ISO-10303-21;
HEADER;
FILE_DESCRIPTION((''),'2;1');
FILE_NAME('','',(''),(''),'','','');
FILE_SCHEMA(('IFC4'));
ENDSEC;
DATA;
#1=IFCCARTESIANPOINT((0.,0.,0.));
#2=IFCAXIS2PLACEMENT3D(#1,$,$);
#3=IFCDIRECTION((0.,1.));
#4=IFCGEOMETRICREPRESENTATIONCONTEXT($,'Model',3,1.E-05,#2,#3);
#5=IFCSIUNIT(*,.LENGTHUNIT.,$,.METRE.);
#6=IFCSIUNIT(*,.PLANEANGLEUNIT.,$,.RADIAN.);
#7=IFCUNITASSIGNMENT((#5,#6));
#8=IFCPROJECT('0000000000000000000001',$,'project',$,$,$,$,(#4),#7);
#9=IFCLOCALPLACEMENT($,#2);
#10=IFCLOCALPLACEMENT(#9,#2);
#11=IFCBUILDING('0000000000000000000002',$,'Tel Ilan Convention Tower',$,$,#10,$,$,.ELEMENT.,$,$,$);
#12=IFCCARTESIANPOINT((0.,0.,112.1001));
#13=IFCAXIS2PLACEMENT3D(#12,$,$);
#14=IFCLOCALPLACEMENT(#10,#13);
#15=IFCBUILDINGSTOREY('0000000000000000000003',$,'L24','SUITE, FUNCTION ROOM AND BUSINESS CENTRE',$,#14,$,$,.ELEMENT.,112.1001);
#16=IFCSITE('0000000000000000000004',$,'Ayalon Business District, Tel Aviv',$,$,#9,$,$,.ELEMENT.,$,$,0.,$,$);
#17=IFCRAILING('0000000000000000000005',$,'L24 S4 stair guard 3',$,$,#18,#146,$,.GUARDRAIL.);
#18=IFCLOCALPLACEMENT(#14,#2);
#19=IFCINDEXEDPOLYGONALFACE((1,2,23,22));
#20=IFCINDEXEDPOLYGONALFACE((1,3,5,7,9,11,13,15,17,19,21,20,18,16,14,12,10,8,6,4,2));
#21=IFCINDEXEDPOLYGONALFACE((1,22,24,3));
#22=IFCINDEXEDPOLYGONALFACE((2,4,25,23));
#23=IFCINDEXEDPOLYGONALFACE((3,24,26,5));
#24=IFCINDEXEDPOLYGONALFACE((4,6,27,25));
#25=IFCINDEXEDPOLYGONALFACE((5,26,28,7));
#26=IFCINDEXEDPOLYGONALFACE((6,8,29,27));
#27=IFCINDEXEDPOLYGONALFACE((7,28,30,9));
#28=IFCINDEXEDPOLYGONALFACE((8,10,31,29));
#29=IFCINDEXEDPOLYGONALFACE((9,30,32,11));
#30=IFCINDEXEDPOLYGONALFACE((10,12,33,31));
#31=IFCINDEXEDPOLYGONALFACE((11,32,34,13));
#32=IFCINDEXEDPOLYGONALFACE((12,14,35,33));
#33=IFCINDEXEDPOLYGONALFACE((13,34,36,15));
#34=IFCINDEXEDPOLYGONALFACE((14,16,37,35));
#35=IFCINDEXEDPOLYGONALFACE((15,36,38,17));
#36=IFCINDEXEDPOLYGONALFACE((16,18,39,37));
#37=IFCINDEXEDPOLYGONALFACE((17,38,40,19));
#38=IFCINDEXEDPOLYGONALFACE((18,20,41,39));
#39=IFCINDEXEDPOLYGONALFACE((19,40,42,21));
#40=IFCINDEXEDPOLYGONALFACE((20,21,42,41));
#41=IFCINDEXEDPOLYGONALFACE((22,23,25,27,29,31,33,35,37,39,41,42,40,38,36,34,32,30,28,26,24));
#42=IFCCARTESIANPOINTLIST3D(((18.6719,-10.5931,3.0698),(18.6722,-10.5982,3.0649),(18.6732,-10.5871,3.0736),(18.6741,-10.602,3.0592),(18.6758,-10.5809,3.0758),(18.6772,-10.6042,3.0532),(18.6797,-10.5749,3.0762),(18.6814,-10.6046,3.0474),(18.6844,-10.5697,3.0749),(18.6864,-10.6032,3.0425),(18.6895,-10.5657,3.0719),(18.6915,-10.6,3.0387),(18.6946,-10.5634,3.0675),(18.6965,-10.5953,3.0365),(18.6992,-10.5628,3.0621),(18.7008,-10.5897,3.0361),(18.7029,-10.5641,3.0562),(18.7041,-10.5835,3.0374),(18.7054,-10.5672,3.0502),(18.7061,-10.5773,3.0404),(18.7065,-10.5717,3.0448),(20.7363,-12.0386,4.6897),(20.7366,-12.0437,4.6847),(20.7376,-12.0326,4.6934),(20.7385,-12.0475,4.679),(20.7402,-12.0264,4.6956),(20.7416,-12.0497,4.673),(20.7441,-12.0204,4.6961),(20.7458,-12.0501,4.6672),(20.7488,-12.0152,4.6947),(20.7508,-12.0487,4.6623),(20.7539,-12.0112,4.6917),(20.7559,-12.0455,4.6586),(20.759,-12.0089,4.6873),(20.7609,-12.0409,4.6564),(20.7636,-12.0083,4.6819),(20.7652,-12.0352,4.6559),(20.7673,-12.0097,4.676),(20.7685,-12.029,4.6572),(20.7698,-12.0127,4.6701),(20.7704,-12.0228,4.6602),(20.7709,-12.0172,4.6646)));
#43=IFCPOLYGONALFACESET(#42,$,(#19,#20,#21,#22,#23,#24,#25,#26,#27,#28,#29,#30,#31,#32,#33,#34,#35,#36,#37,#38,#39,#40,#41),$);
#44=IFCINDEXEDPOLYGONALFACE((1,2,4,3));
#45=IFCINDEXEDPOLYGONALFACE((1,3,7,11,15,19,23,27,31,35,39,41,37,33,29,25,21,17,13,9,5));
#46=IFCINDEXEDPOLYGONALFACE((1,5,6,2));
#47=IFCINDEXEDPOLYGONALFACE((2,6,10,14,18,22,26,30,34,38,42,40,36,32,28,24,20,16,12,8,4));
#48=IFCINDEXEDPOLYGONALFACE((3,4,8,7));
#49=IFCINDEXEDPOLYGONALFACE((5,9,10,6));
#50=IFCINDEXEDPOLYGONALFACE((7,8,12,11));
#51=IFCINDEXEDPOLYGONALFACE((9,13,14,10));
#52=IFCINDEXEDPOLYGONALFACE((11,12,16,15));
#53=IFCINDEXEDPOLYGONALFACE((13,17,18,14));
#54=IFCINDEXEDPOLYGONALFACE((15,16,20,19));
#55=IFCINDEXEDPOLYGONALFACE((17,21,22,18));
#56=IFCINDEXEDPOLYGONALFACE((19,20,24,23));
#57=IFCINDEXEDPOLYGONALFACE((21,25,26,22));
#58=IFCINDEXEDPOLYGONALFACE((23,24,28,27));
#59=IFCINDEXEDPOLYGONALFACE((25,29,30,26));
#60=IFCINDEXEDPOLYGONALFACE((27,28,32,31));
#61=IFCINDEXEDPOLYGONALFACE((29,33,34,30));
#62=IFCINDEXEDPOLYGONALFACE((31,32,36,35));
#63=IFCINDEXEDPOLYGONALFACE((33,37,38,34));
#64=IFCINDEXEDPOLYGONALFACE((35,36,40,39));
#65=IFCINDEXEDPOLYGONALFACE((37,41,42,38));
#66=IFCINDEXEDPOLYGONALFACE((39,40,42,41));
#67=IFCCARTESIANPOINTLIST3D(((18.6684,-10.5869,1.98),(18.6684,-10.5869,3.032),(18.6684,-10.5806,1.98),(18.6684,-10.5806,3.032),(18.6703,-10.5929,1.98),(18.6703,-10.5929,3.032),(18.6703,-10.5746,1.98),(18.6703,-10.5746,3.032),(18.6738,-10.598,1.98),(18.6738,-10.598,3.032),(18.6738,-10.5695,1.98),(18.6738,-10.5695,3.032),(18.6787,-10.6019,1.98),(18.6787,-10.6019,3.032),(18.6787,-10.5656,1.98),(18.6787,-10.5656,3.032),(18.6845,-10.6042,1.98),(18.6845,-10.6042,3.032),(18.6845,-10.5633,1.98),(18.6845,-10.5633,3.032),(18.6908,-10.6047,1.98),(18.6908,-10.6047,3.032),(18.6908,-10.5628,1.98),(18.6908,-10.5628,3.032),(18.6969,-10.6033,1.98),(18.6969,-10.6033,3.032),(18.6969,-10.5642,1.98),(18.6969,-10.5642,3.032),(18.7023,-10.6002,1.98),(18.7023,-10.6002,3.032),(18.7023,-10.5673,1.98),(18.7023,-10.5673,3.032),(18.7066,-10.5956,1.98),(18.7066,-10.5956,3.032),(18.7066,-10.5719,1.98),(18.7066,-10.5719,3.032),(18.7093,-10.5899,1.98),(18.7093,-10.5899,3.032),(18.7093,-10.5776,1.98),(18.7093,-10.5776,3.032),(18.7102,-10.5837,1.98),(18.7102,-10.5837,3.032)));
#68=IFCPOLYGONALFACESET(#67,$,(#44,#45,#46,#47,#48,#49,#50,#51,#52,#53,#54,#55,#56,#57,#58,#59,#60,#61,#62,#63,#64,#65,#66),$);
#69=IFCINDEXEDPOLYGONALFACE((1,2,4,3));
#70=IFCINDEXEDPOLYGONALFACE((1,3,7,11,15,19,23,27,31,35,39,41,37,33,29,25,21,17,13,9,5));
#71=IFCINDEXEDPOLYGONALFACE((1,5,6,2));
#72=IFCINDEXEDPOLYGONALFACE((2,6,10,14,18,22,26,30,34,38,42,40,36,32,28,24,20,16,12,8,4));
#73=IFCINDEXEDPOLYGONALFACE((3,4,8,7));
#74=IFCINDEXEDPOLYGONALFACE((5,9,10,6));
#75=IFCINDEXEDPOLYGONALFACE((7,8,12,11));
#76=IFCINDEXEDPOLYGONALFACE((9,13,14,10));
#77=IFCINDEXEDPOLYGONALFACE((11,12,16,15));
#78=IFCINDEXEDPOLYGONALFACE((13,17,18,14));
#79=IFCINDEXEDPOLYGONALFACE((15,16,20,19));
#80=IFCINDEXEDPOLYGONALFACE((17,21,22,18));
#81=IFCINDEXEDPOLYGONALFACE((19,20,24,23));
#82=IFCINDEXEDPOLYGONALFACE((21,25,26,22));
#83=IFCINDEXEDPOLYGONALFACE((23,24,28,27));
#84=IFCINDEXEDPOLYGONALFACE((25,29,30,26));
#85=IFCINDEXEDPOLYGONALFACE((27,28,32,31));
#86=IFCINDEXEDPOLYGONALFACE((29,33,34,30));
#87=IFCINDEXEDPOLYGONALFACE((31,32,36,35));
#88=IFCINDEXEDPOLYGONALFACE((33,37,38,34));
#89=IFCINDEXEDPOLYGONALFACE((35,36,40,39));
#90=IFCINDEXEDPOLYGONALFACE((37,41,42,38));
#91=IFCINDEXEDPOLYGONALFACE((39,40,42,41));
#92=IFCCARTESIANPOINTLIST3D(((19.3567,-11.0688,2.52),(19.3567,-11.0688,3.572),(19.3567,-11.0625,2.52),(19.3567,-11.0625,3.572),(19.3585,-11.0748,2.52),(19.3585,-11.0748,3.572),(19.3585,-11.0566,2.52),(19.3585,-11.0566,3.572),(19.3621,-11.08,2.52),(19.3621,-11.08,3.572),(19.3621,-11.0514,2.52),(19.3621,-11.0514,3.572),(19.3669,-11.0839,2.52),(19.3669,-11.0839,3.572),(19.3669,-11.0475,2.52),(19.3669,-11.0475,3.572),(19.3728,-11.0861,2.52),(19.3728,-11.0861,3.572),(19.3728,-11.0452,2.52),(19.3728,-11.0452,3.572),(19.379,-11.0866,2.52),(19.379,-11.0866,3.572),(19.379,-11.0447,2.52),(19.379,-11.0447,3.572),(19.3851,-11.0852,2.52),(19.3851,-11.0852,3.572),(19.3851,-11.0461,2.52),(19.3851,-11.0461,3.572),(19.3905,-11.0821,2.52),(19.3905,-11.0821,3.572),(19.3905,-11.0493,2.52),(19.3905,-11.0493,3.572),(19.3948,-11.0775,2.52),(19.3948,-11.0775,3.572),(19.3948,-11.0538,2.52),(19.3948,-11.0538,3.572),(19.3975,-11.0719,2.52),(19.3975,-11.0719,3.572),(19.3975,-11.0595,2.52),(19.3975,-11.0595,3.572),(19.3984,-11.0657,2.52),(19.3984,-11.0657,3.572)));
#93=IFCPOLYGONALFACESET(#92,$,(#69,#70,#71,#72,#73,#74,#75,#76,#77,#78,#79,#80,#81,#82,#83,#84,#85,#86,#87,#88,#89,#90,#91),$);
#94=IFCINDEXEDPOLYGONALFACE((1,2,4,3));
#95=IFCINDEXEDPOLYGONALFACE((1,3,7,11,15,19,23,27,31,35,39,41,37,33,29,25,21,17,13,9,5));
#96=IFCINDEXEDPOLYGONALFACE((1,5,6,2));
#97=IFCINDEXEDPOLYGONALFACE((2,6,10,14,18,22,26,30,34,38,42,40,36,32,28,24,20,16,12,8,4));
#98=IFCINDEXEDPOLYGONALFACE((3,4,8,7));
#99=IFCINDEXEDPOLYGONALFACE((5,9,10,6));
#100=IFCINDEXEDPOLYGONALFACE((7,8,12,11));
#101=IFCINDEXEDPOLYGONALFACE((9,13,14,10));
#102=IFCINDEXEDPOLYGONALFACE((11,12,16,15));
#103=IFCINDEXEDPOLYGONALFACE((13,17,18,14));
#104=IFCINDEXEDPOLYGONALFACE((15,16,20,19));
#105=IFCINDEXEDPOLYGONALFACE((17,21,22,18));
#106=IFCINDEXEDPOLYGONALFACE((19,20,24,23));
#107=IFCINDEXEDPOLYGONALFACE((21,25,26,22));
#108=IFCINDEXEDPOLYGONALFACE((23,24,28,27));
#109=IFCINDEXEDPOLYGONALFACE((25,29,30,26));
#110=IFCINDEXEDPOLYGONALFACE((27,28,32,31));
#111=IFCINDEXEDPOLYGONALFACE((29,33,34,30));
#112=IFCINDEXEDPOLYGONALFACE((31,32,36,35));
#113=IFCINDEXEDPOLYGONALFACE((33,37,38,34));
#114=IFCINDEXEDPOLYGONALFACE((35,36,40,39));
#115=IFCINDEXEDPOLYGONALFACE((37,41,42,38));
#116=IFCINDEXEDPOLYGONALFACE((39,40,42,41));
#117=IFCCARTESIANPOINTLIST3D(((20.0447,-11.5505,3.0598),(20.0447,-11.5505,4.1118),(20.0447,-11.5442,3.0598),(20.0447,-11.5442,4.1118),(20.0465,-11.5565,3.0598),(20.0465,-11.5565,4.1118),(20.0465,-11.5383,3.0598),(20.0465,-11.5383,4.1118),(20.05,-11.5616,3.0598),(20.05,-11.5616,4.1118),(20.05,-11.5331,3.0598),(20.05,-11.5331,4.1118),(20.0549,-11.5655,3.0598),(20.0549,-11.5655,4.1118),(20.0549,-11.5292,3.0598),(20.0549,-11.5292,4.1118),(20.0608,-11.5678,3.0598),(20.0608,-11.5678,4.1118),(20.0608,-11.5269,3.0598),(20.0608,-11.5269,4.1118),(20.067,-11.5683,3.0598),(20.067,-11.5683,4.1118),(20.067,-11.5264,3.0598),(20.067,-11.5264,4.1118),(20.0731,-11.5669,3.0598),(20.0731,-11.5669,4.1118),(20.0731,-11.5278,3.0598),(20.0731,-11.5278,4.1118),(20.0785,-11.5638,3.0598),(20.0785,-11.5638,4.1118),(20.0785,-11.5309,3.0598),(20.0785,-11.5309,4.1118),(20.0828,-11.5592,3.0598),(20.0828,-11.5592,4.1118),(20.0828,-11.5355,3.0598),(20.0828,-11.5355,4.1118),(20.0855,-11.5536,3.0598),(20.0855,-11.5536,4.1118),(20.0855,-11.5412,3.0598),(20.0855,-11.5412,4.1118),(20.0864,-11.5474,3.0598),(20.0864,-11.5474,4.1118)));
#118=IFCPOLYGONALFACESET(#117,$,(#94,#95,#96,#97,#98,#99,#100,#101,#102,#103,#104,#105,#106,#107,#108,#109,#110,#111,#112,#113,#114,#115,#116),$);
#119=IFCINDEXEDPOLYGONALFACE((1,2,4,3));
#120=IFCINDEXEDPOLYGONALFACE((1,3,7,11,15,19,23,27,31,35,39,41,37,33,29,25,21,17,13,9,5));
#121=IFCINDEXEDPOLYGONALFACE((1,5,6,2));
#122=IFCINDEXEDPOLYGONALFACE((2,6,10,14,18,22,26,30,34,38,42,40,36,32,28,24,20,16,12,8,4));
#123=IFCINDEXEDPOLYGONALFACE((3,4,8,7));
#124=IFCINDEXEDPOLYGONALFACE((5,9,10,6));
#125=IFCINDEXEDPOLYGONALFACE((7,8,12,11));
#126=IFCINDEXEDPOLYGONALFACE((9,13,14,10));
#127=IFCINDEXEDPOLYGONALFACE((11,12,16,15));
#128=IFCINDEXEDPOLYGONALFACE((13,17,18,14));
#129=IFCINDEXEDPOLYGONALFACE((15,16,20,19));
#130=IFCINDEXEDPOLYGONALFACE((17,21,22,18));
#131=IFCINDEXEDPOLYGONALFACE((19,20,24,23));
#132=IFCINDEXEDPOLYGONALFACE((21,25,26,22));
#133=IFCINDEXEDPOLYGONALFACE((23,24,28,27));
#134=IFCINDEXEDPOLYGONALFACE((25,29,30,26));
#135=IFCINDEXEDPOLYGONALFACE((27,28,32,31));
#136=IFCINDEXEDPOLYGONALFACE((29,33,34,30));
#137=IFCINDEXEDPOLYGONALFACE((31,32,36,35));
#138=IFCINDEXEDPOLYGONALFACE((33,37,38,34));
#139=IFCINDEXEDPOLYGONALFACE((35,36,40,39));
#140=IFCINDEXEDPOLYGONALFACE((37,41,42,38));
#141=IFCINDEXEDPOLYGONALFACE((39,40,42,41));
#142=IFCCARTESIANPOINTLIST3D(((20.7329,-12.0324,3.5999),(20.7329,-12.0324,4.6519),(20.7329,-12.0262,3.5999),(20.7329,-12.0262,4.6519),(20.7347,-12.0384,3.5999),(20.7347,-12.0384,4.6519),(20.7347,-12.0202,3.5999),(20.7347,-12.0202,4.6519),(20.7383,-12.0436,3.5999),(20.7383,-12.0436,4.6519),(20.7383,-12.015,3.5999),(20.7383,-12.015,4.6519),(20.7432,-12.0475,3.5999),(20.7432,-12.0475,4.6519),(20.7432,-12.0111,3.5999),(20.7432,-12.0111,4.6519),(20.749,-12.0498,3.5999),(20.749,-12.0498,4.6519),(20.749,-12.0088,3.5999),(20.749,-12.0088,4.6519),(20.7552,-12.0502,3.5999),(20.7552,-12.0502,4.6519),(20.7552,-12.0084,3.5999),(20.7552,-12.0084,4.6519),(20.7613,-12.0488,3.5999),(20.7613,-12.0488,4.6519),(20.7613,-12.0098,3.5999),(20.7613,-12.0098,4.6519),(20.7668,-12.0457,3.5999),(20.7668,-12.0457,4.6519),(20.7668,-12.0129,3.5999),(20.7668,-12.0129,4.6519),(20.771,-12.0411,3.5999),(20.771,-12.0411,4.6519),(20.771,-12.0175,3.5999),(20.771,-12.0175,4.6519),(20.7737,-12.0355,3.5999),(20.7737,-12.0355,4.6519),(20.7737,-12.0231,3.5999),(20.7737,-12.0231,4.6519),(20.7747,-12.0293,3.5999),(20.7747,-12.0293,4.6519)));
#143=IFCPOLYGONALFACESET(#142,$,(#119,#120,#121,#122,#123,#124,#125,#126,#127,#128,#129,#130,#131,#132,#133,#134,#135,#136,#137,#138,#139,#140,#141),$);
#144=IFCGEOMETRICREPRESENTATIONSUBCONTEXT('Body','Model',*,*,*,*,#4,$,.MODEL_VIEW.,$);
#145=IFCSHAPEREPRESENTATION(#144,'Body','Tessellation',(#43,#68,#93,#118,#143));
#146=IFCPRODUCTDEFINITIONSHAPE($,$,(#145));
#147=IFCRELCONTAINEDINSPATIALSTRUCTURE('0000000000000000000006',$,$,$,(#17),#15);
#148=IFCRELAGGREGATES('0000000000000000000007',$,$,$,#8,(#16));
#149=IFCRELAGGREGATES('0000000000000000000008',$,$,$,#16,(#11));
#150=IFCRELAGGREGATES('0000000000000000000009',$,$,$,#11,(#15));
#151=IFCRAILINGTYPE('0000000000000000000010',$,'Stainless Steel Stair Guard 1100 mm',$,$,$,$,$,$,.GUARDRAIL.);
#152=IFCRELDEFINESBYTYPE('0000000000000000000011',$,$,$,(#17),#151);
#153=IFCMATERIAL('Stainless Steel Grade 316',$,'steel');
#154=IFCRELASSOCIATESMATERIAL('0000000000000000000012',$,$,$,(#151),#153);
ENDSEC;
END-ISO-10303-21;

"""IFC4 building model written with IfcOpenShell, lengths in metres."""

from ifc_helpers import new_model, si_unit, direction, frame, origin, origin_2d, place, context, subcontext, project, spatial, circle, extrude, material, type_object, element, save


model = new_model("IFC4")

# Units and contexts
model_context = context("Model", 3, precision=1e-05, world=origin(), true_north=direction((0.0, 1.0)))
body_context = subcontext(model_context, "Body", "Model", "MODEL_VIEW")
ifc_project = project(units=[si_unit("LENGTHUNIT", "METRE"), si_unit("PLANEANGLEUNIT", "RADIAN")], contexts=[model_context])

# Site, building, storey
site_placement = place(None, origin())
site = spatial("IfcSite", under=ifc_project, at=site_placement, Name="Ayalon Business District, Tel Aviv", CompositionType="ELEMENT", RefElevation=0.0)
building_placement = place(site_placement, origin())
building = spatial("IfcBuilding", under=site, at=building_placement, Name="Tel Ilan Convention Tower", CompositionType="ELEMENT")
storey_placement = place(building_placement, frame((0.0, 0.0, 112.1001)))
storey = spatial("IfcBuildingStorey", under=building, at=storey_placement, Name="L24", Description="SUITE, FUNCTION ROOM AND BUSINESS CENTRE", CompositionType="ELEMENT", Elevation=112.1001)

# Railing
ifc_material_1 = material(Name="Stainless Steel Grade 316", Category="steel")
railing_type_1 = type_object("IfcRailingType", Name="Stainless Steel Stair Guard 1100 mm", PredefinedType="GUARDRAIL", material=ifc_material_1)
railing_1_placement = place(storey_placement, frame((18.6892, -10.5837, 1.98)))
element("IfcRailing", 1, at=railing_1_placement, inside=storey, type_object=railing_type_1, Name="L24 S4 stair guard 3", PredefinedType="GUARDRAIL", context=body_context, shape_type="SweptSolid", body=[
    extrude(circle(Radius=0.0239, at=origin_2d()), frame((0.0, 0.0, 1.0762), z_axis=(0.689086, -0.482507, 0.540691), x_axis=(0.573579, 0.81915, 0.0)), (0.0, 0.0, 1.0), 2.9958),
    extrude(circle(Radius=0.021, at=origin_2d()), origin(), (0.0, 0.0, 1.0), 1.052),
    extrude(circle(Radius=0.021, at=origin_2d()), frame((0.6882, -0.4819, 0.54)), (0.0, 0.0, 1.0), 1.052),
    extrude(circle(Radius=0.021, at=origin_2d()), frame((1.3762, -0.9636, 1.0798)), (0.0, 0.0, 1.0), 1.052),
    extrude(circle(Radius=0.021, at=origin_2d()), frame((2.0645, -1.4456, 1.6199)), (0.0, 0.0, 1.0), 1.052),
])

save(model, "model.ifc")
